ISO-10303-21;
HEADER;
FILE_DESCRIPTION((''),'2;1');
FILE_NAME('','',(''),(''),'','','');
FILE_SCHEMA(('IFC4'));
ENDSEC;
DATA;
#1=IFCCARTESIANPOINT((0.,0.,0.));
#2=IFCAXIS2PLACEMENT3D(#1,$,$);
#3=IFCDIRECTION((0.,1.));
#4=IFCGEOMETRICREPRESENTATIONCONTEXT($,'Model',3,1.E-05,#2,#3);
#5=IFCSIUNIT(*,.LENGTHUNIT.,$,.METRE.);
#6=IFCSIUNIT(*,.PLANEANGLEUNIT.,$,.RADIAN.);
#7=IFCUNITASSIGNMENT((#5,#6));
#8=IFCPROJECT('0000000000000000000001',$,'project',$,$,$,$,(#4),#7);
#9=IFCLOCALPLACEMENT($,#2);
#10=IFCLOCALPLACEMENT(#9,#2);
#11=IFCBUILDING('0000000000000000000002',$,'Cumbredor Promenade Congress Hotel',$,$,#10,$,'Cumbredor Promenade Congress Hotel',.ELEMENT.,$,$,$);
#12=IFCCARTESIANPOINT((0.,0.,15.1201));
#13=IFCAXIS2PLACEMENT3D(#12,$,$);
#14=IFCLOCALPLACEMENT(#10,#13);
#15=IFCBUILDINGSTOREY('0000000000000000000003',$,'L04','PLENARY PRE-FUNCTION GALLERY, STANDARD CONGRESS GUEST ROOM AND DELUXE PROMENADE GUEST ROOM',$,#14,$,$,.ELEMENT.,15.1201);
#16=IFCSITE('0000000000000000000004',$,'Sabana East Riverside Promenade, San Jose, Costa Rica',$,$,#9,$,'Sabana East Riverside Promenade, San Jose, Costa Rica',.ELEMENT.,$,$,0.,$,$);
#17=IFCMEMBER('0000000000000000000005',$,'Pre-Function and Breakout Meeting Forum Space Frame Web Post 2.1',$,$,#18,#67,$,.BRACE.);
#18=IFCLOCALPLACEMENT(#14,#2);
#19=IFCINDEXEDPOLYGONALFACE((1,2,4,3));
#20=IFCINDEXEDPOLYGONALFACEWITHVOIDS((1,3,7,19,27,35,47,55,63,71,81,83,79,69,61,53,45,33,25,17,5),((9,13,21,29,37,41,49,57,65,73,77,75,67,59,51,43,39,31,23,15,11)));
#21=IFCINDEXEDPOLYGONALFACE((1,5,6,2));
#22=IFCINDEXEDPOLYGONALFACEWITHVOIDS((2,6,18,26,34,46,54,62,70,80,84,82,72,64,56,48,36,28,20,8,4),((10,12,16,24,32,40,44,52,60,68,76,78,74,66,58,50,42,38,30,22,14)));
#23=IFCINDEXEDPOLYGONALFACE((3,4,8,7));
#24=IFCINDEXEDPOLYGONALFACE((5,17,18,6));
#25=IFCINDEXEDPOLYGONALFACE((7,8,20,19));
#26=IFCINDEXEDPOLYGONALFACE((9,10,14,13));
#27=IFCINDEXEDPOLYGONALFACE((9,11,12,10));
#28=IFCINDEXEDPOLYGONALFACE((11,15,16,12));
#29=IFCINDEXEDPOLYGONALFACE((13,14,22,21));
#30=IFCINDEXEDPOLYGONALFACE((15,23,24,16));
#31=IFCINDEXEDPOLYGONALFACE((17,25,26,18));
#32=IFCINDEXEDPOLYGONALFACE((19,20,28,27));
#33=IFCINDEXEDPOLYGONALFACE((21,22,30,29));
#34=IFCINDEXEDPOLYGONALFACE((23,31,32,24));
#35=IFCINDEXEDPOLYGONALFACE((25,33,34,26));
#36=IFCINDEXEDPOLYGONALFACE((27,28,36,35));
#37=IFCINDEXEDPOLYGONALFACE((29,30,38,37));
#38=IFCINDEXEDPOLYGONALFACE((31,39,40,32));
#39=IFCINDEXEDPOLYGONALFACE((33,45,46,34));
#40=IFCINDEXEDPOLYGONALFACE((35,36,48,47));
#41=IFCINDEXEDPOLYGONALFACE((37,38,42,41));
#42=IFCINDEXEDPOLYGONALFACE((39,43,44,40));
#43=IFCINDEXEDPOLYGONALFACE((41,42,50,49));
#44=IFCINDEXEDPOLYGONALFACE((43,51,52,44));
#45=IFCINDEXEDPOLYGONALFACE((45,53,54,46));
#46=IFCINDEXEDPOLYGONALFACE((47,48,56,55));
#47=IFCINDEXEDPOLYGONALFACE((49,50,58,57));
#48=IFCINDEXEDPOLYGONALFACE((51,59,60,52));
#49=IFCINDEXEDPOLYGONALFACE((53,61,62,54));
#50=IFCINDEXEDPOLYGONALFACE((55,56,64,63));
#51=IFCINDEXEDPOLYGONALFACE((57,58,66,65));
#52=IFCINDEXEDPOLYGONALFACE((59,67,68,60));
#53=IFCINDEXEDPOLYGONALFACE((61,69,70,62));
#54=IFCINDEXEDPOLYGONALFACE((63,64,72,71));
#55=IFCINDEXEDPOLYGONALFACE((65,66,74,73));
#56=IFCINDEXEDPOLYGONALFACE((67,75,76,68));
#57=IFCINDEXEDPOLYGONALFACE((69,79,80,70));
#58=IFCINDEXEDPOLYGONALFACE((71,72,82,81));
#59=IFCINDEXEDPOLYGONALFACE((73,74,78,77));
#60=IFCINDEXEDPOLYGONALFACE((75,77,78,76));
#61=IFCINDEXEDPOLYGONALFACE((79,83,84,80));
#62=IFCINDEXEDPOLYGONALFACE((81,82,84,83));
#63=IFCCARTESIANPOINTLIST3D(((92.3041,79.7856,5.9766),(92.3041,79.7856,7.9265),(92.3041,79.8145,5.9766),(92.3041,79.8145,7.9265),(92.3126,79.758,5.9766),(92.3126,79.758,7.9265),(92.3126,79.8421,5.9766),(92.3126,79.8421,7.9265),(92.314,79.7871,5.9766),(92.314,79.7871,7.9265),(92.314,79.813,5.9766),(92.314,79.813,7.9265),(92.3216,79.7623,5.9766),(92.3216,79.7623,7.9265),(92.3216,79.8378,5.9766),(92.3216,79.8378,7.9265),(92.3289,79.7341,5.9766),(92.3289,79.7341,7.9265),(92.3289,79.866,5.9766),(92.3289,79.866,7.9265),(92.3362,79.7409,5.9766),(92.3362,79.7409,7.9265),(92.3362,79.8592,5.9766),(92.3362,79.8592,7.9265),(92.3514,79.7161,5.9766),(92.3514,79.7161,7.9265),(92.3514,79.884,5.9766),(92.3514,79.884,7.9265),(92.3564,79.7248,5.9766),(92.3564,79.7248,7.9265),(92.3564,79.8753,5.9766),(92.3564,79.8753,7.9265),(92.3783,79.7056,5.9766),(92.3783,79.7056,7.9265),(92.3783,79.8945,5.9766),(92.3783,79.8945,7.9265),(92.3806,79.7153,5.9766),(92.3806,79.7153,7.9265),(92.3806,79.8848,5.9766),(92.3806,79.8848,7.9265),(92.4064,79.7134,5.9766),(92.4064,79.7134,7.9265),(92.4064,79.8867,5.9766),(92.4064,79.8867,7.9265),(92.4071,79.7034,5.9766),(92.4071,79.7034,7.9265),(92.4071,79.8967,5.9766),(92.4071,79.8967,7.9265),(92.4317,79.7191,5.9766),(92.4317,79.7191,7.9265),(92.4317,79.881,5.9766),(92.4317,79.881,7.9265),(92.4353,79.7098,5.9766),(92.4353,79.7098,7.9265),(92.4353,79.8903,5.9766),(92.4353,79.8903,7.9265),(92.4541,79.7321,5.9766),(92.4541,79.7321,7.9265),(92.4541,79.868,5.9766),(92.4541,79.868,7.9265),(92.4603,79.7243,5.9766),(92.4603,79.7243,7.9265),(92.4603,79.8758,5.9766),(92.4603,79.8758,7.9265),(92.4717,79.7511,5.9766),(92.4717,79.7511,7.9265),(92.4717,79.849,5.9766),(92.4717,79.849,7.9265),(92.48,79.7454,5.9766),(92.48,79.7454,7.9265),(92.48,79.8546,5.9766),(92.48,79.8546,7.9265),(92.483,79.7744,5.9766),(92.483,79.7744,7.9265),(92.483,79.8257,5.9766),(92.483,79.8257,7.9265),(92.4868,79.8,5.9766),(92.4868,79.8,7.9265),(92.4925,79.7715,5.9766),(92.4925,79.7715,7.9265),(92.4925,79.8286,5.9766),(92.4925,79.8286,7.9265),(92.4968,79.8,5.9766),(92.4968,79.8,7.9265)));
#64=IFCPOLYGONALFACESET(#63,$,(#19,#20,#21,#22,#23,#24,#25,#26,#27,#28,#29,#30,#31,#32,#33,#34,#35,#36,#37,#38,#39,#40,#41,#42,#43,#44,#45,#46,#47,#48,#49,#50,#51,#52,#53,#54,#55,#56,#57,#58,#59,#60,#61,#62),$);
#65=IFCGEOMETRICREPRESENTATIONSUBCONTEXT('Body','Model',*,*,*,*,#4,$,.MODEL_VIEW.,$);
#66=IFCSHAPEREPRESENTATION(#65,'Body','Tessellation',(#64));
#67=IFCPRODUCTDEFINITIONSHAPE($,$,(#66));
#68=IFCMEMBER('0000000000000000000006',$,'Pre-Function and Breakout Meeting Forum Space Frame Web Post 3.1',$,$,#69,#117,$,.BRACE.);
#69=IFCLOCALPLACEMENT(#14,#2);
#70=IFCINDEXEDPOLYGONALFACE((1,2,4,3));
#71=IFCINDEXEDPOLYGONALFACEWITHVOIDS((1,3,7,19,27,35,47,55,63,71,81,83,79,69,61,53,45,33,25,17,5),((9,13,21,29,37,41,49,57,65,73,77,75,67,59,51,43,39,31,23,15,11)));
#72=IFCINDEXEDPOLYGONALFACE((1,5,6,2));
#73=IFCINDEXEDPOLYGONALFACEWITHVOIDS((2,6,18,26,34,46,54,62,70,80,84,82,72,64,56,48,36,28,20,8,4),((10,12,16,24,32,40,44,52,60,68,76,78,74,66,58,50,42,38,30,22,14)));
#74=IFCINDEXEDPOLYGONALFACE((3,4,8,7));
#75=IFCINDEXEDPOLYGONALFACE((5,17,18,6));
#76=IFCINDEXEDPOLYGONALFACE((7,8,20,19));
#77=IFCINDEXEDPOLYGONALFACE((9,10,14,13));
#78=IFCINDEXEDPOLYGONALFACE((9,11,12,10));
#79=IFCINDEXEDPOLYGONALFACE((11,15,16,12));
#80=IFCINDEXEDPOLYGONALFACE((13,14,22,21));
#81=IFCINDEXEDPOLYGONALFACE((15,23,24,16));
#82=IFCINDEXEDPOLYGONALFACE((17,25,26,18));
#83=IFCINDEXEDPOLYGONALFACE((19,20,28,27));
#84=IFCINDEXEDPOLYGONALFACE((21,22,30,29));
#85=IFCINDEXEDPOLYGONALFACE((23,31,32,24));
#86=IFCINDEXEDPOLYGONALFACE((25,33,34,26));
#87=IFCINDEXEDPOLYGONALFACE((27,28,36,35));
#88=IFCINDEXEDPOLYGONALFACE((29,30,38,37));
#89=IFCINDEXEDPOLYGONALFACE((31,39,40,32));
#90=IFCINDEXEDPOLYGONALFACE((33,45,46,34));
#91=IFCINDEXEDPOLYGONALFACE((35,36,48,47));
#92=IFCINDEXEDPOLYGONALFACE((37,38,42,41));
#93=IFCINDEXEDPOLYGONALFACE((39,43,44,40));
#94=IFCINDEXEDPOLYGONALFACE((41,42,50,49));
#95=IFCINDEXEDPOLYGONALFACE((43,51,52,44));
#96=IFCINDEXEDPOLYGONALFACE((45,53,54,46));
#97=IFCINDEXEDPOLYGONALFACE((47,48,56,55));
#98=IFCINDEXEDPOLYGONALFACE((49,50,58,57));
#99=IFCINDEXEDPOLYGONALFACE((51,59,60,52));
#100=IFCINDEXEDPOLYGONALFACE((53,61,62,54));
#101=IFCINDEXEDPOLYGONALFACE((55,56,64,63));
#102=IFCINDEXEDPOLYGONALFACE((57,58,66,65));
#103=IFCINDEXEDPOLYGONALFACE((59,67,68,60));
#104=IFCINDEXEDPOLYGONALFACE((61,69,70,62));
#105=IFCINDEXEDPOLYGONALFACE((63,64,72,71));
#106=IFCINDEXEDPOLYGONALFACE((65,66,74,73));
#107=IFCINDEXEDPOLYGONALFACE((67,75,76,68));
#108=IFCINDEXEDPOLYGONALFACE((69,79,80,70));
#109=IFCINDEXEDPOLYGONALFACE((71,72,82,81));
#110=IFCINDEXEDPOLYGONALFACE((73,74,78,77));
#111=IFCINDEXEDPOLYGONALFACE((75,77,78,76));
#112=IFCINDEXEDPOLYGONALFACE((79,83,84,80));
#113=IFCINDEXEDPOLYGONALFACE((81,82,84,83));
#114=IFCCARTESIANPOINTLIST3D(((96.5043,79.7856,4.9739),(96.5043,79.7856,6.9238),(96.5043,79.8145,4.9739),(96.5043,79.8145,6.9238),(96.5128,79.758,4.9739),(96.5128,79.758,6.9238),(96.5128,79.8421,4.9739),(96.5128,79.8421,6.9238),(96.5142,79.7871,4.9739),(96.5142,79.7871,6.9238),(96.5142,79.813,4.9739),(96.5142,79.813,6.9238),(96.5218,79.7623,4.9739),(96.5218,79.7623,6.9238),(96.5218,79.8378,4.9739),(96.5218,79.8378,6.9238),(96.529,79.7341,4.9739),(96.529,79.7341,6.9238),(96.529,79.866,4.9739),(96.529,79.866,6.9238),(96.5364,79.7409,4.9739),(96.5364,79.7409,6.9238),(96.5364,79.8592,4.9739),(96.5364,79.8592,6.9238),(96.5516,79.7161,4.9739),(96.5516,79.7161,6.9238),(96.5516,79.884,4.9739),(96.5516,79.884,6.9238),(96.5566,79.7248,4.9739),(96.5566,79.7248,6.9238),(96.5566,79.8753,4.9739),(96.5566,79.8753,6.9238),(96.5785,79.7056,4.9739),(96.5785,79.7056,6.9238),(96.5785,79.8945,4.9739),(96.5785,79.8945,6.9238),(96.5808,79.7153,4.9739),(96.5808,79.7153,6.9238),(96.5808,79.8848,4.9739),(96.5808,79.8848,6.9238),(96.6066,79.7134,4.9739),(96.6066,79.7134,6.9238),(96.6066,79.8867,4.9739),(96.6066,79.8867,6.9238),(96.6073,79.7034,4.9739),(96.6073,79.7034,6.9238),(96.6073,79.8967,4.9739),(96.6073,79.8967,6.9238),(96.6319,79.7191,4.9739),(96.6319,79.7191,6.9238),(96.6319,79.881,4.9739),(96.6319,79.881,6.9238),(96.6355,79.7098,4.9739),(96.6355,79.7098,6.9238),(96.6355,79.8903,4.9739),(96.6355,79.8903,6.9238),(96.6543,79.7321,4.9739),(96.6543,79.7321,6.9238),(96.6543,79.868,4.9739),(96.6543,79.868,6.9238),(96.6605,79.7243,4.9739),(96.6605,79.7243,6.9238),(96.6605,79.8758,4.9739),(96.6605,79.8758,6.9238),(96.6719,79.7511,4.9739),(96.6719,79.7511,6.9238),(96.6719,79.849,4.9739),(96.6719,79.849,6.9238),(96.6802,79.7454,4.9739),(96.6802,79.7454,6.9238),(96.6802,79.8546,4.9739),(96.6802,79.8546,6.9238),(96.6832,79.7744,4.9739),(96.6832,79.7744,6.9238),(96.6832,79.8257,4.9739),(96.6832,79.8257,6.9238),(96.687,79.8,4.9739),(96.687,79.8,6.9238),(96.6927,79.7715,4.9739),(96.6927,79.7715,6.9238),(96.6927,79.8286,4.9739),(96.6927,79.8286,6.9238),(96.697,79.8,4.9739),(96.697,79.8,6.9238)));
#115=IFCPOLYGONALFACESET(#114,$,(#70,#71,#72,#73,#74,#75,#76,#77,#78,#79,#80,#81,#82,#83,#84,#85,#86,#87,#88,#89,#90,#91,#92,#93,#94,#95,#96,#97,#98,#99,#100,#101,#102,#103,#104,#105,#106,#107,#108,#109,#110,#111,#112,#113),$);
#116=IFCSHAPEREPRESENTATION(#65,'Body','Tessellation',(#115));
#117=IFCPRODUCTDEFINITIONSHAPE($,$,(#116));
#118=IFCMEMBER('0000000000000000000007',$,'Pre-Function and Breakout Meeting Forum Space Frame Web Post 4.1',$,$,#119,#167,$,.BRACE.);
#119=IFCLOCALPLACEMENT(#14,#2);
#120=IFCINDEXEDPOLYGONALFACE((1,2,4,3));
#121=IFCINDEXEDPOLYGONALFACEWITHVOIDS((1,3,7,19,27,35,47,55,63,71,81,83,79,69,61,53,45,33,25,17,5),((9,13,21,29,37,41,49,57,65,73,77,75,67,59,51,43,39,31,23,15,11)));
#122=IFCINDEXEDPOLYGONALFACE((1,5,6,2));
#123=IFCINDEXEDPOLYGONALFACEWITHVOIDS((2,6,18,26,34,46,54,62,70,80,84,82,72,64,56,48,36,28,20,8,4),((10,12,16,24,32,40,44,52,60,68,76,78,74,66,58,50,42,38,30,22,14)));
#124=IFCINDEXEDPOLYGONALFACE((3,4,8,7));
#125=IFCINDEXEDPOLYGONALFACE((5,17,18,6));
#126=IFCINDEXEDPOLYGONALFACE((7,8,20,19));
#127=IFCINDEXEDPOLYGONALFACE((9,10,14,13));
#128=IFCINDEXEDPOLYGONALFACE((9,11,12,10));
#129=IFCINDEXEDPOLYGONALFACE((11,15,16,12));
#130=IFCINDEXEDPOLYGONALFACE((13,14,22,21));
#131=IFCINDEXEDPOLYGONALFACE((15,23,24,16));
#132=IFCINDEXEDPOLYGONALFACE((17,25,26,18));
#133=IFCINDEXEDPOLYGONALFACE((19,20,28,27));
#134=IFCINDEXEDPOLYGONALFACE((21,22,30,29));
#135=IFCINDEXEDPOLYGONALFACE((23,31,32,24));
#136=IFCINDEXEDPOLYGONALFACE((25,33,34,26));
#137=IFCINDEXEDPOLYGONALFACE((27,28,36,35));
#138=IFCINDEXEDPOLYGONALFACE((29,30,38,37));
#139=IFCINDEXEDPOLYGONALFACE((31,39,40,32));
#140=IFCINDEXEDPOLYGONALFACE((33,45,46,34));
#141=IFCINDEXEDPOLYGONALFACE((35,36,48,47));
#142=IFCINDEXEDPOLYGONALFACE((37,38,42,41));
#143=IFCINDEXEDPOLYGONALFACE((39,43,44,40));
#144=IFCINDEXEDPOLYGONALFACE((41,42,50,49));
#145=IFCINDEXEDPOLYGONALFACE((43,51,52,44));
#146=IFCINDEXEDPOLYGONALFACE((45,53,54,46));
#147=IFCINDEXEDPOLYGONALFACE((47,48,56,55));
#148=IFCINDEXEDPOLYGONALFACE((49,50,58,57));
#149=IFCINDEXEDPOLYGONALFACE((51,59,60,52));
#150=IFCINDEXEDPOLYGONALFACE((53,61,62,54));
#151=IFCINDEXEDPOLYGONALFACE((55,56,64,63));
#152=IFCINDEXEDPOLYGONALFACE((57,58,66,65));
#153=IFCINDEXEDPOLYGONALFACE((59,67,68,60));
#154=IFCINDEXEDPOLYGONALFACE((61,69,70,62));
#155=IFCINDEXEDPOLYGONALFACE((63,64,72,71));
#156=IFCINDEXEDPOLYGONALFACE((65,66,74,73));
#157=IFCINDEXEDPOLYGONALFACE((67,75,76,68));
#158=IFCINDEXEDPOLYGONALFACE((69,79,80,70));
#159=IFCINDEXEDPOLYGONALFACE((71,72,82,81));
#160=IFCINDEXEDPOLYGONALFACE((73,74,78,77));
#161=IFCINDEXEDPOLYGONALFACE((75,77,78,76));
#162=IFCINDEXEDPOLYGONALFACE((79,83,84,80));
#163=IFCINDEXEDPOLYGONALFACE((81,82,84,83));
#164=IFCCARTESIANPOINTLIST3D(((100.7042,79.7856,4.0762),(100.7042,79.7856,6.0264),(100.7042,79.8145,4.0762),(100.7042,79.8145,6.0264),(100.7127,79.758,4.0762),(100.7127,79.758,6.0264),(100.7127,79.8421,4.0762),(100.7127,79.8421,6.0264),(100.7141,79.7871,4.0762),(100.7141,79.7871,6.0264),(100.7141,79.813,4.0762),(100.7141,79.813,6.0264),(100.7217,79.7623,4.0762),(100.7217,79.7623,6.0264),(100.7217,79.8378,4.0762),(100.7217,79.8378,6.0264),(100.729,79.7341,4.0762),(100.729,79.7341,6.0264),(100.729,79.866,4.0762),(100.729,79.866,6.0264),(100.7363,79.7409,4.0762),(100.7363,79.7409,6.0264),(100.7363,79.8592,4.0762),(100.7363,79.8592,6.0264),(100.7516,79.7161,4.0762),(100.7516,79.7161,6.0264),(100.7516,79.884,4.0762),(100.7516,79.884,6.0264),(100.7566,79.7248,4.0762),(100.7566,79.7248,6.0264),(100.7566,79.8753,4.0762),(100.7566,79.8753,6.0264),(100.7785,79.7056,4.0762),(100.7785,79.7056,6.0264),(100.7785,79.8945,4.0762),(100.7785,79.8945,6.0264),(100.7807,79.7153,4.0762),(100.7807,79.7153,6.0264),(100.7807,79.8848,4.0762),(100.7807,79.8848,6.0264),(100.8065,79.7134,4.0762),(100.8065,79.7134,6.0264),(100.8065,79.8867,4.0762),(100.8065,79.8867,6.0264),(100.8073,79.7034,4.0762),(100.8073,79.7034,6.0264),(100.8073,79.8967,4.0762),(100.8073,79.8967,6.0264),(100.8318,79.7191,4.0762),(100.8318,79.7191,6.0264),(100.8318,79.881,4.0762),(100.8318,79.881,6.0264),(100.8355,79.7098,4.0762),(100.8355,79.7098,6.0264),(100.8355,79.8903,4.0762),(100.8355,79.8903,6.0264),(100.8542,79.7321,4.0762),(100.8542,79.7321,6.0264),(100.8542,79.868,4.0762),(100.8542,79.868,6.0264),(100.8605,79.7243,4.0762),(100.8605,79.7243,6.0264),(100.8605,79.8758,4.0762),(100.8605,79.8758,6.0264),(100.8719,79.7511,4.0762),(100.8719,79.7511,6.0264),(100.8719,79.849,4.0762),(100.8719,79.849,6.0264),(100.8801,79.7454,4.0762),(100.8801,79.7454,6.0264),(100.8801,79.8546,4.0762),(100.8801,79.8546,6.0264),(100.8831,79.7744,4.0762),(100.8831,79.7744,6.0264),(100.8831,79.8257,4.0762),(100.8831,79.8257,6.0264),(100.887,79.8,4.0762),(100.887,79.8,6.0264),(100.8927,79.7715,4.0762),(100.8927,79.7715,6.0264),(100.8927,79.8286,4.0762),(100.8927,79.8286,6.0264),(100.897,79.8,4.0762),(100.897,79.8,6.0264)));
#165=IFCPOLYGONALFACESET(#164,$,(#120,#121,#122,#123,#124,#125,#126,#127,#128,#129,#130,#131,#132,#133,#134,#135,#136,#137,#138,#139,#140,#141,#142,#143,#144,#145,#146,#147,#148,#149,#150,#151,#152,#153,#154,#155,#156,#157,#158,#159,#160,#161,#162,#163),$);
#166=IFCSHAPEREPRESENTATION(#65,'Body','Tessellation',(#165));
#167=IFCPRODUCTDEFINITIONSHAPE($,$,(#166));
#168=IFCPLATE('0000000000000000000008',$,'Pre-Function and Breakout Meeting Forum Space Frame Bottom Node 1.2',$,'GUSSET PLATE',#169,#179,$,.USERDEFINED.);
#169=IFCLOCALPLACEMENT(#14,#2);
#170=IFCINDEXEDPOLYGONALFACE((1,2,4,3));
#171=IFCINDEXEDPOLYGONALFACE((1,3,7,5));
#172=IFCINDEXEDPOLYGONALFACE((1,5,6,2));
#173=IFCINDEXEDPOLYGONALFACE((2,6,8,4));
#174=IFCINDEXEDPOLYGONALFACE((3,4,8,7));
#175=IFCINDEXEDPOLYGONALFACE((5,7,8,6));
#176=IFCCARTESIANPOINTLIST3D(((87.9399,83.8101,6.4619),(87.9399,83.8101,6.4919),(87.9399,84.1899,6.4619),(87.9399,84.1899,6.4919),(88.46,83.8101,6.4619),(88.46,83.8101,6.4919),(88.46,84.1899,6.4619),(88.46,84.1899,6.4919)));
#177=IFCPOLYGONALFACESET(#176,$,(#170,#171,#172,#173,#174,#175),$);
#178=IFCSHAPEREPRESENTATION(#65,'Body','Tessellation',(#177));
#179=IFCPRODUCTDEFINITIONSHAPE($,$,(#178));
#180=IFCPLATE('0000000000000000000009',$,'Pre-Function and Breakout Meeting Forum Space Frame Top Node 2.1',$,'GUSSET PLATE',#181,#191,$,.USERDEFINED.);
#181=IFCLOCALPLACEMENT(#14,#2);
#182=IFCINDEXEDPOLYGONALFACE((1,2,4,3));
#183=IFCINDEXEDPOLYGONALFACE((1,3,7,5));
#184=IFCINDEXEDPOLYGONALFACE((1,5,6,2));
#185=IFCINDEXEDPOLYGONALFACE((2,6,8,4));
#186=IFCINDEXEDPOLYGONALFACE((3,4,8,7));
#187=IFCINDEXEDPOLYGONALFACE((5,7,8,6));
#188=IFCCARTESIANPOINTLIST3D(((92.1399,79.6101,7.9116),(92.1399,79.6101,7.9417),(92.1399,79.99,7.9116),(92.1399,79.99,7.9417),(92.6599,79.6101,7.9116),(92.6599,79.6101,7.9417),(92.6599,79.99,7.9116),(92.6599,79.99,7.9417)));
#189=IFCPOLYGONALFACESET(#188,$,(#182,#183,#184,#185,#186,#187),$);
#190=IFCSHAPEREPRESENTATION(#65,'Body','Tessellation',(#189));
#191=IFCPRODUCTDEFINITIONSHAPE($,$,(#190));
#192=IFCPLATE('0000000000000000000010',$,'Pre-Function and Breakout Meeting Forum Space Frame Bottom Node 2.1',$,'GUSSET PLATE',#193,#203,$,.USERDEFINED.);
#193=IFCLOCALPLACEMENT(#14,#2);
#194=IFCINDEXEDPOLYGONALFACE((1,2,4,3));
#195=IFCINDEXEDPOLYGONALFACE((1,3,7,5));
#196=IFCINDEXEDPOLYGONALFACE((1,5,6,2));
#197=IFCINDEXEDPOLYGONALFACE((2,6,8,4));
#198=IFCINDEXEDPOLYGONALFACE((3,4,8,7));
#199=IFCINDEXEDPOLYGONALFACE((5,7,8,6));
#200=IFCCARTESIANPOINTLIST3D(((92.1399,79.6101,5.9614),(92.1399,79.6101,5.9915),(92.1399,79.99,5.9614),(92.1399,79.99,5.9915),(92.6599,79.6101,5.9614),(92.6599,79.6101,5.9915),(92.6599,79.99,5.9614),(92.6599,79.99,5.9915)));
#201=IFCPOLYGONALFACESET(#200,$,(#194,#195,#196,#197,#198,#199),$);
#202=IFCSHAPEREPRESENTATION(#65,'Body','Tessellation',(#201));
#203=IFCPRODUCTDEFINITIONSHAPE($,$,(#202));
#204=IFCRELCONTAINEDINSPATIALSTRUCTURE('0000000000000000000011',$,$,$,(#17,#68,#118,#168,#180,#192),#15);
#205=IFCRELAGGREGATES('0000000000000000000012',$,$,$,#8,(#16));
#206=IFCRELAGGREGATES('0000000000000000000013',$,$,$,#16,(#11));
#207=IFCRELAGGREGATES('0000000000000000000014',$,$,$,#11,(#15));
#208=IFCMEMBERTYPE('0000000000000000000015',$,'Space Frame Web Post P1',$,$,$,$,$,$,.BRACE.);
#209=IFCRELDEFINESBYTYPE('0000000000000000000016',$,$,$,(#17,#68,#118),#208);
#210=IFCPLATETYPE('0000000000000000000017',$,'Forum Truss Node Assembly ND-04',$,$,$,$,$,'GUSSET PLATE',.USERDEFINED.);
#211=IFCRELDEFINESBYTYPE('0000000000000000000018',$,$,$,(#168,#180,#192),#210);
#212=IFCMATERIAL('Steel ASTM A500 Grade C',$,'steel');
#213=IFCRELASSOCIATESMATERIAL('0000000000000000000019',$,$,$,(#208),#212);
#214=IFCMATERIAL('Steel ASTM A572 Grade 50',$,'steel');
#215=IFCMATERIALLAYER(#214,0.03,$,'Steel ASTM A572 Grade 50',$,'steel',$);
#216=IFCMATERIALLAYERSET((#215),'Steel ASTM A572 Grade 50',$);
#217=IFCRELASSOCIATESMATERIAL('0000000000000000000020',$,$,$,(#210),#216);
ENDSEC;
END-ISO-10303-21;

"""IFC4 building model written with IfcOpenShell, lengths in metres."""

from ifc_helpers import new_model, si_unit, direction, frame, origin, origin_2d, place, context, subcontext, project, spatial, rectangle, hollow_circle, extrude, material, layer, layer_set, material_profile, profile_set, type_object, element, save


model = new_model("IFC4")

# Units and contexts
model_context = context("Model", 3, precision=1e-05, world=origin(), true_north=direction((0.0, 1.0)))
body_context = subcontext(model_context, "Body", "Model", "MODEL_VIEW")
ifc_project = project(units=[si_unit("LENGTHUNIT", "METRE"), si_unit("PLANEANGLEUNIT", "RADIAN")], contexts=[model_context])

# Site, building, storey
site_placement = place(None, origin())
site = spatial("IfcSite", under=ifc_project, at=site_placement, Name="Sabana East Riverside Promenade, San Jose, Costa Rica", LongName="Sabana East Riverside Promenade, San Jose, Costa Rica", CompositionType="ELEMENT", RefElevation=0.0)
building_placement = place(site_placement, origin())
building = spatial("IfcBuilding", under=site, at=building_placement, Name="Cumbredor Promenade Congress Hotel", LongName="Cumbredor Promenade Congress Hotel", CompositionType="ELEMENT")
storey_placement = place(building_placement, frame((0.0, 0.0, 15.1201)))
storey = spatial("IfcBuildingStorey", under=building, at=storey_placement, Name="L04", Description="PLENARY PRE-FUNCTION GALLERY, STANDARD CONGRESS GUEST ROOM AND DELUXE PROMENADE GUEST ROOM", CompositionType="ELEMENT", Elevation=15.1201)

# Members
ifc_material_1 = material(Name="Steel ASTM A500 Grade C", Category="steel")
ifc_material_profile_1 = material_profile(ifc_material_1, hollow_circle(Radius=0.0969, WallThickness=0.01, at=origin_2d()), Name="CHS 193.7x10")
ifc_profile_set_1 = profile_set([ifc_material_profile_1], Name="Steel ASTM A500 Grade C")
member_type_1 = type_object("IfcMemberType", Name="Space Frame Web Post P1", PredefinedType="BRACE", material=ifc_profile_set_1)
for number, where, z_axis, x_axis, name in (
    (1, (92.3999, 79.8, 5.9766), (0.0, 0.0, 1.0), (1.0, 0.0, 0.0), "Pre-Function and Breakout Meeting Forum Space Frame Web Post 2.1"),
    (2, (96.6001, 79.8, 4.9739), (0.0, 0.0, 1.0), (1.0, 0.0, 0.0), "Pre-Function and Breakout Meeting Forum Space Frame Web Post 3.1"),
):
    element("IfcMember", number, at=place(storey_placement, frame(where, z_axis=z_axis, x_axis=x_axis)), inside=storey, type_object=member_type_1, Name=name, PredefinedType="BRACE", context=body_context, shape_type="SweptSolid", body=[
        extrude(hollow_circle(Radius=0.0969, WallThickness=0.01, at=origin_2d()), origin(), (0.0, 0.0, 1.0), 1.95),
    ])
member_1_placement = place(storey_placement, frame((100.8, 79.8, 4.0762), z_axis=(0.0, 0.0, 1.0), x_axis=(1.0, 0.0, 0.0)))
element("IfcMember", 3, at=member_1_placement, inside=storey, type_object=member_type_1, Name="Pre-Function and Breakout Meeting Forum Space Frame Web Post 4.1", PredefinedType="BRACE", context=body_context, shape_type="SweptSolid", body=[
    extrude(hollow_circle(Radius=0.0969, WallThickness=0.01, at=origin_2d()), origin(), (0.0, 0.0, 1.0), 1.9502),
])

# Plates
ifc_material_2 = material(Name="Steel ASTM A572 Grade 50", Category="steel")
ifc_layer = layer(ifc_material_2, 0.03, Name="Steel ASTM A572 Grade 50", Category="steel")
ifc_layer_set = layer_set([ifc_layer], Name="Steel ASTM A572 Grade 50")
plate_type = type_object("IfcPlateType", Name="Forum Truss Node Assembly ND-04", ElementType="GUSSET PLATE", PredefinedType="USERDEFINED", material=ifc_layer_set)
for number, where, z_axis, x_axis, name in (
    (4, (88.2, 84.0, 6.4619), (0.0, 0.0, 1.0), (1.0, 0.0, 0.0), "Pre-Function and Breakout Meeting Forum Space Frame Bottom Node 1.2"),
    (5, (92.3999, 79.8, 7.9116), (0.0, 0.0, 1.0), (1.0, 0.0, 0.0), "Pre-Function and Breakout Meeting Forum Space Frame Top Node 2.1"),
    (6, (92.3999, 79.8, 5.9614), (0.0, 0.0, 1.0), (1.0, 0.0, 0.0), "Pre-Function and Breakout Meeting Forum Space Frame Bottom Node 2.1"),
):
    element("IfcPlate", number, at=place(storey_placement, frame(where, z_axis=z_axis, x_axis=x_axis)), inside=storey, type_object=plate_type, Name=name, ObjectType="GUSSET PLATE", PredefinedType="USERDEFINED", context=body_context, shape_type="SweptSolid", body=[
        extrude(rectangle(XDim=0.52, YDim=0.3799, at=origin_2d()), origin(), (0.0, 0.0, 1.0), 0.03),
    ])

save(model, "model.ifc")
